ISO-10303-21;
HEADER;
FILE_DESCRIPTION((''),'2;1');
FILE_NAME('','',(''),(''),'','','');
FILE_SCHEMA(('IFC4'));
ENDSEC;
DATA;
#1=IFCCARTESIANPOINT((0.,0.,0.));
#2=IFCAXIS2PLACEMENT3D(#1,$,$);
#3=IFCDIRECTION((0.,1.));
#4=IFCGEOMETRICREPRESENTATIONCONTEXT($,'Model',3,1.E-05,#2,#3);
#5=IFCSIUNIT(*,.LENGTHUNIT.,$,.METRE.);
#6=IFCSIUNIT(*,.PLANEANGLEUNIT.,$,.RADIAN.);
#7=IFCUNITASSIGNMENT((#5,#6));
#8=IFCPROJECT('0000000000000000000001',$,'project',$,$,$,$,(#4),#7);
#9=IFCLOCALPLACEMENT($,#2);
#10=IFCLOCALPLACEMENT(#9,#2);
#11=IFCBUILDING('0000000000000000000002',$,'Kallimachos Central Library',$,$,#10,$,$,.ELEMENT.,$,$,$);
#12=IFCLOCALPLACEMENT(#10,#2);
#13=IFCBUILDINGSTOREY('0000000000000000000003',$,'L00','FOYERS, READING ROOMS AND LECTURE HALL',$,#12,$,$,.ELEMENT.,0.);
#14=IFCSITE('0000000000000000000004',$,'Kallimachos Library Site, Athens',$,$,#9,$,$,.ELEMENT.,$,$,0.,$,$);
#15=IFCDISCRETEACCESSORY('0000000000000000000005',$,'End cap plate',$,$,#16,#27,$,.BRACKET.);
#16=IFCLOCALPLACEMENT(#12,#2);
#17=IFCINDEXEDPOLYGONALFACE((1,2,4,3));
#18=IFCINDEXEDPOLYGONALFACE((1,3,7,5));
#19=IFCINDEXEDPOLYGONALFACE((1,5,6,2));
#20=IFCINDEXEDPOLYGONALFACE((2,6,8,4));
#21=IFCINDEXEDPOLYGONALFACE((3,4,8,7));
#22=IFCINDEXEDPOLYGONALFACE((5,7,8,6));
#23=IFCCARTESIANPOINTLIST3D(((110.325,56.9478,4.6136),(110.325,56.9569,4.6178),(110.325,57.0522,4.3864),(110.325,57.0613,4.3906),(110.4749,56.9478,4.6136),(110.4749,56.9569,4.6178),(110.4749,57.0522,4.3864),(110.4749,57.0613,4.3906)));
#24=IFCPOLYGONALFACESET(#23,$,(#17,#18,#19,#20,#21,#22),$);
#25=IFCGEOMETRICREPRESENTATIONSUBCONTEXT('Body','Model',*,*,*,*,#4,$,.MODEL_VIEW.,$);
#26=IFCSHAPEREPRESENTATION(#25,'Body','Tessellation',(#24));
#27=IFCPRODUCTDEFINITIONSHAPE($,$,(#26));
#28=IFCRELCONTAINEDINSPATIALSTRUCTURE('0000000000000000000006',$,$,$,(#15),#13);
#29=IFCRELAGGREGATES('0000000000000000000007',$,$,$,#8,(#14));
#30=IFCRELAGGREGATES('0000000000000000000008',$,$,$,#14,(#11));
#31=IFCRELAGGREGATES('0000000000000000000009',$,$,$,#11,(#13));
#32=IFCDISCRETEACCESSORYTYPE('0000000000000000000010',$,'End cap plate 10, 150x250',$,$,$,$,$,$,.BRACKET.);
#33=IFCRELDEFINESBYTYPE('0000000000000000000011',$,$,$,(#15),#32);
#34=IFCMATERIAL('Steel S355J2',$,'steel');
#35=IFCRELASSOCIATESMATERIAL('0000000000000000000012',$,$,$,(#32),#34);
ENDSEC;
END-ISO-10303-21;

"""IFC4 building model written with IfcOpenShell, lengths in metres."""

from ifc_helpers import new_model, si_unit, direction, frame, origin, origin_2d, place, context, subcontext, project, spatial, rectangle, extrude, material, material_profile, profile_set, type_object, element, save


model = new_model("IFC4")

# Units and contexts
model_context = context("Model", 3, precision=1e-05, world=origin(), true_north=direction((0.0, 1.0)))
body_context = subcontext(model_context, "Body", "Model", "MODEL_VIEW")
ifc_project = project(units=[si_unit("LENGTHUNIT", "METRE"), si_unit("PLANEANGLEUNIT", "RADIAN")], contexts=[model_context])

# Site, building, storey
site_placement = place(None, origin())
site = spatial("IfcSite", under=ifc_project, at=site_placement, Name="Kallimachos Library Site, Athens", CompositionType="ELEMENT", RefElevation=0.0)
building_placement = place(site_placement, origin())
building = spatial("IfcBuilding", under=site, at=building_placement, Name="Kallimachos Central Library", CompositionType="ELEMENT")
storey_placement = place(building_placement, origin())
storey = spatial("IfcBuildingStorey", under=building, at=storey_placement, Name="L00", Description="FOYERS, READING ROOMS AND LECTURE HALL", CompositionType="ELEMENT", Elevation=0.0)

# Discrete accessory
ifc_material_1 = material(Name="Steel S355J2", Category="steel")
ifc_material_profile_1 = material_profile(ifc_material_1, rectangle(XDim=0.1499, YDim=0.25, at=origin_2d()), Name="End cap plate 10, 150x250")
ifc_profile_set_1 = profile_set([ifc_material_profile_1], Name="Steel S355J2")
discrete_accessory_type = type_object("IfcDiscreteAccessoryType", Name="End cap plate 10, 150x250", PredefinedType="BRACKET", material=ifc_profile_set_1)
discrete_accessory_placement = place(storey_placement, frame((110.3999, 57.0, 4.5), z_axis=(0.0, 0.908677, 0.4175), x_axis=(-1.0, 0.0, 0.0)))
element("IfcDiscreteAccessory", 1, at=discrete_accessory_placement, inside=storey, type_object=discrete_accessory_type, Name="End cap plate", PredefinedType="BRACKET", context=body_context, shape_type="SweptSolid", body=[
    extrude(rectangle(XDim=0.1499, YDim=0.25, at=origin_2d()), origin(), (0.0, 0.0, 1.0), 0.01),
])

save(model, "model.ifc")
